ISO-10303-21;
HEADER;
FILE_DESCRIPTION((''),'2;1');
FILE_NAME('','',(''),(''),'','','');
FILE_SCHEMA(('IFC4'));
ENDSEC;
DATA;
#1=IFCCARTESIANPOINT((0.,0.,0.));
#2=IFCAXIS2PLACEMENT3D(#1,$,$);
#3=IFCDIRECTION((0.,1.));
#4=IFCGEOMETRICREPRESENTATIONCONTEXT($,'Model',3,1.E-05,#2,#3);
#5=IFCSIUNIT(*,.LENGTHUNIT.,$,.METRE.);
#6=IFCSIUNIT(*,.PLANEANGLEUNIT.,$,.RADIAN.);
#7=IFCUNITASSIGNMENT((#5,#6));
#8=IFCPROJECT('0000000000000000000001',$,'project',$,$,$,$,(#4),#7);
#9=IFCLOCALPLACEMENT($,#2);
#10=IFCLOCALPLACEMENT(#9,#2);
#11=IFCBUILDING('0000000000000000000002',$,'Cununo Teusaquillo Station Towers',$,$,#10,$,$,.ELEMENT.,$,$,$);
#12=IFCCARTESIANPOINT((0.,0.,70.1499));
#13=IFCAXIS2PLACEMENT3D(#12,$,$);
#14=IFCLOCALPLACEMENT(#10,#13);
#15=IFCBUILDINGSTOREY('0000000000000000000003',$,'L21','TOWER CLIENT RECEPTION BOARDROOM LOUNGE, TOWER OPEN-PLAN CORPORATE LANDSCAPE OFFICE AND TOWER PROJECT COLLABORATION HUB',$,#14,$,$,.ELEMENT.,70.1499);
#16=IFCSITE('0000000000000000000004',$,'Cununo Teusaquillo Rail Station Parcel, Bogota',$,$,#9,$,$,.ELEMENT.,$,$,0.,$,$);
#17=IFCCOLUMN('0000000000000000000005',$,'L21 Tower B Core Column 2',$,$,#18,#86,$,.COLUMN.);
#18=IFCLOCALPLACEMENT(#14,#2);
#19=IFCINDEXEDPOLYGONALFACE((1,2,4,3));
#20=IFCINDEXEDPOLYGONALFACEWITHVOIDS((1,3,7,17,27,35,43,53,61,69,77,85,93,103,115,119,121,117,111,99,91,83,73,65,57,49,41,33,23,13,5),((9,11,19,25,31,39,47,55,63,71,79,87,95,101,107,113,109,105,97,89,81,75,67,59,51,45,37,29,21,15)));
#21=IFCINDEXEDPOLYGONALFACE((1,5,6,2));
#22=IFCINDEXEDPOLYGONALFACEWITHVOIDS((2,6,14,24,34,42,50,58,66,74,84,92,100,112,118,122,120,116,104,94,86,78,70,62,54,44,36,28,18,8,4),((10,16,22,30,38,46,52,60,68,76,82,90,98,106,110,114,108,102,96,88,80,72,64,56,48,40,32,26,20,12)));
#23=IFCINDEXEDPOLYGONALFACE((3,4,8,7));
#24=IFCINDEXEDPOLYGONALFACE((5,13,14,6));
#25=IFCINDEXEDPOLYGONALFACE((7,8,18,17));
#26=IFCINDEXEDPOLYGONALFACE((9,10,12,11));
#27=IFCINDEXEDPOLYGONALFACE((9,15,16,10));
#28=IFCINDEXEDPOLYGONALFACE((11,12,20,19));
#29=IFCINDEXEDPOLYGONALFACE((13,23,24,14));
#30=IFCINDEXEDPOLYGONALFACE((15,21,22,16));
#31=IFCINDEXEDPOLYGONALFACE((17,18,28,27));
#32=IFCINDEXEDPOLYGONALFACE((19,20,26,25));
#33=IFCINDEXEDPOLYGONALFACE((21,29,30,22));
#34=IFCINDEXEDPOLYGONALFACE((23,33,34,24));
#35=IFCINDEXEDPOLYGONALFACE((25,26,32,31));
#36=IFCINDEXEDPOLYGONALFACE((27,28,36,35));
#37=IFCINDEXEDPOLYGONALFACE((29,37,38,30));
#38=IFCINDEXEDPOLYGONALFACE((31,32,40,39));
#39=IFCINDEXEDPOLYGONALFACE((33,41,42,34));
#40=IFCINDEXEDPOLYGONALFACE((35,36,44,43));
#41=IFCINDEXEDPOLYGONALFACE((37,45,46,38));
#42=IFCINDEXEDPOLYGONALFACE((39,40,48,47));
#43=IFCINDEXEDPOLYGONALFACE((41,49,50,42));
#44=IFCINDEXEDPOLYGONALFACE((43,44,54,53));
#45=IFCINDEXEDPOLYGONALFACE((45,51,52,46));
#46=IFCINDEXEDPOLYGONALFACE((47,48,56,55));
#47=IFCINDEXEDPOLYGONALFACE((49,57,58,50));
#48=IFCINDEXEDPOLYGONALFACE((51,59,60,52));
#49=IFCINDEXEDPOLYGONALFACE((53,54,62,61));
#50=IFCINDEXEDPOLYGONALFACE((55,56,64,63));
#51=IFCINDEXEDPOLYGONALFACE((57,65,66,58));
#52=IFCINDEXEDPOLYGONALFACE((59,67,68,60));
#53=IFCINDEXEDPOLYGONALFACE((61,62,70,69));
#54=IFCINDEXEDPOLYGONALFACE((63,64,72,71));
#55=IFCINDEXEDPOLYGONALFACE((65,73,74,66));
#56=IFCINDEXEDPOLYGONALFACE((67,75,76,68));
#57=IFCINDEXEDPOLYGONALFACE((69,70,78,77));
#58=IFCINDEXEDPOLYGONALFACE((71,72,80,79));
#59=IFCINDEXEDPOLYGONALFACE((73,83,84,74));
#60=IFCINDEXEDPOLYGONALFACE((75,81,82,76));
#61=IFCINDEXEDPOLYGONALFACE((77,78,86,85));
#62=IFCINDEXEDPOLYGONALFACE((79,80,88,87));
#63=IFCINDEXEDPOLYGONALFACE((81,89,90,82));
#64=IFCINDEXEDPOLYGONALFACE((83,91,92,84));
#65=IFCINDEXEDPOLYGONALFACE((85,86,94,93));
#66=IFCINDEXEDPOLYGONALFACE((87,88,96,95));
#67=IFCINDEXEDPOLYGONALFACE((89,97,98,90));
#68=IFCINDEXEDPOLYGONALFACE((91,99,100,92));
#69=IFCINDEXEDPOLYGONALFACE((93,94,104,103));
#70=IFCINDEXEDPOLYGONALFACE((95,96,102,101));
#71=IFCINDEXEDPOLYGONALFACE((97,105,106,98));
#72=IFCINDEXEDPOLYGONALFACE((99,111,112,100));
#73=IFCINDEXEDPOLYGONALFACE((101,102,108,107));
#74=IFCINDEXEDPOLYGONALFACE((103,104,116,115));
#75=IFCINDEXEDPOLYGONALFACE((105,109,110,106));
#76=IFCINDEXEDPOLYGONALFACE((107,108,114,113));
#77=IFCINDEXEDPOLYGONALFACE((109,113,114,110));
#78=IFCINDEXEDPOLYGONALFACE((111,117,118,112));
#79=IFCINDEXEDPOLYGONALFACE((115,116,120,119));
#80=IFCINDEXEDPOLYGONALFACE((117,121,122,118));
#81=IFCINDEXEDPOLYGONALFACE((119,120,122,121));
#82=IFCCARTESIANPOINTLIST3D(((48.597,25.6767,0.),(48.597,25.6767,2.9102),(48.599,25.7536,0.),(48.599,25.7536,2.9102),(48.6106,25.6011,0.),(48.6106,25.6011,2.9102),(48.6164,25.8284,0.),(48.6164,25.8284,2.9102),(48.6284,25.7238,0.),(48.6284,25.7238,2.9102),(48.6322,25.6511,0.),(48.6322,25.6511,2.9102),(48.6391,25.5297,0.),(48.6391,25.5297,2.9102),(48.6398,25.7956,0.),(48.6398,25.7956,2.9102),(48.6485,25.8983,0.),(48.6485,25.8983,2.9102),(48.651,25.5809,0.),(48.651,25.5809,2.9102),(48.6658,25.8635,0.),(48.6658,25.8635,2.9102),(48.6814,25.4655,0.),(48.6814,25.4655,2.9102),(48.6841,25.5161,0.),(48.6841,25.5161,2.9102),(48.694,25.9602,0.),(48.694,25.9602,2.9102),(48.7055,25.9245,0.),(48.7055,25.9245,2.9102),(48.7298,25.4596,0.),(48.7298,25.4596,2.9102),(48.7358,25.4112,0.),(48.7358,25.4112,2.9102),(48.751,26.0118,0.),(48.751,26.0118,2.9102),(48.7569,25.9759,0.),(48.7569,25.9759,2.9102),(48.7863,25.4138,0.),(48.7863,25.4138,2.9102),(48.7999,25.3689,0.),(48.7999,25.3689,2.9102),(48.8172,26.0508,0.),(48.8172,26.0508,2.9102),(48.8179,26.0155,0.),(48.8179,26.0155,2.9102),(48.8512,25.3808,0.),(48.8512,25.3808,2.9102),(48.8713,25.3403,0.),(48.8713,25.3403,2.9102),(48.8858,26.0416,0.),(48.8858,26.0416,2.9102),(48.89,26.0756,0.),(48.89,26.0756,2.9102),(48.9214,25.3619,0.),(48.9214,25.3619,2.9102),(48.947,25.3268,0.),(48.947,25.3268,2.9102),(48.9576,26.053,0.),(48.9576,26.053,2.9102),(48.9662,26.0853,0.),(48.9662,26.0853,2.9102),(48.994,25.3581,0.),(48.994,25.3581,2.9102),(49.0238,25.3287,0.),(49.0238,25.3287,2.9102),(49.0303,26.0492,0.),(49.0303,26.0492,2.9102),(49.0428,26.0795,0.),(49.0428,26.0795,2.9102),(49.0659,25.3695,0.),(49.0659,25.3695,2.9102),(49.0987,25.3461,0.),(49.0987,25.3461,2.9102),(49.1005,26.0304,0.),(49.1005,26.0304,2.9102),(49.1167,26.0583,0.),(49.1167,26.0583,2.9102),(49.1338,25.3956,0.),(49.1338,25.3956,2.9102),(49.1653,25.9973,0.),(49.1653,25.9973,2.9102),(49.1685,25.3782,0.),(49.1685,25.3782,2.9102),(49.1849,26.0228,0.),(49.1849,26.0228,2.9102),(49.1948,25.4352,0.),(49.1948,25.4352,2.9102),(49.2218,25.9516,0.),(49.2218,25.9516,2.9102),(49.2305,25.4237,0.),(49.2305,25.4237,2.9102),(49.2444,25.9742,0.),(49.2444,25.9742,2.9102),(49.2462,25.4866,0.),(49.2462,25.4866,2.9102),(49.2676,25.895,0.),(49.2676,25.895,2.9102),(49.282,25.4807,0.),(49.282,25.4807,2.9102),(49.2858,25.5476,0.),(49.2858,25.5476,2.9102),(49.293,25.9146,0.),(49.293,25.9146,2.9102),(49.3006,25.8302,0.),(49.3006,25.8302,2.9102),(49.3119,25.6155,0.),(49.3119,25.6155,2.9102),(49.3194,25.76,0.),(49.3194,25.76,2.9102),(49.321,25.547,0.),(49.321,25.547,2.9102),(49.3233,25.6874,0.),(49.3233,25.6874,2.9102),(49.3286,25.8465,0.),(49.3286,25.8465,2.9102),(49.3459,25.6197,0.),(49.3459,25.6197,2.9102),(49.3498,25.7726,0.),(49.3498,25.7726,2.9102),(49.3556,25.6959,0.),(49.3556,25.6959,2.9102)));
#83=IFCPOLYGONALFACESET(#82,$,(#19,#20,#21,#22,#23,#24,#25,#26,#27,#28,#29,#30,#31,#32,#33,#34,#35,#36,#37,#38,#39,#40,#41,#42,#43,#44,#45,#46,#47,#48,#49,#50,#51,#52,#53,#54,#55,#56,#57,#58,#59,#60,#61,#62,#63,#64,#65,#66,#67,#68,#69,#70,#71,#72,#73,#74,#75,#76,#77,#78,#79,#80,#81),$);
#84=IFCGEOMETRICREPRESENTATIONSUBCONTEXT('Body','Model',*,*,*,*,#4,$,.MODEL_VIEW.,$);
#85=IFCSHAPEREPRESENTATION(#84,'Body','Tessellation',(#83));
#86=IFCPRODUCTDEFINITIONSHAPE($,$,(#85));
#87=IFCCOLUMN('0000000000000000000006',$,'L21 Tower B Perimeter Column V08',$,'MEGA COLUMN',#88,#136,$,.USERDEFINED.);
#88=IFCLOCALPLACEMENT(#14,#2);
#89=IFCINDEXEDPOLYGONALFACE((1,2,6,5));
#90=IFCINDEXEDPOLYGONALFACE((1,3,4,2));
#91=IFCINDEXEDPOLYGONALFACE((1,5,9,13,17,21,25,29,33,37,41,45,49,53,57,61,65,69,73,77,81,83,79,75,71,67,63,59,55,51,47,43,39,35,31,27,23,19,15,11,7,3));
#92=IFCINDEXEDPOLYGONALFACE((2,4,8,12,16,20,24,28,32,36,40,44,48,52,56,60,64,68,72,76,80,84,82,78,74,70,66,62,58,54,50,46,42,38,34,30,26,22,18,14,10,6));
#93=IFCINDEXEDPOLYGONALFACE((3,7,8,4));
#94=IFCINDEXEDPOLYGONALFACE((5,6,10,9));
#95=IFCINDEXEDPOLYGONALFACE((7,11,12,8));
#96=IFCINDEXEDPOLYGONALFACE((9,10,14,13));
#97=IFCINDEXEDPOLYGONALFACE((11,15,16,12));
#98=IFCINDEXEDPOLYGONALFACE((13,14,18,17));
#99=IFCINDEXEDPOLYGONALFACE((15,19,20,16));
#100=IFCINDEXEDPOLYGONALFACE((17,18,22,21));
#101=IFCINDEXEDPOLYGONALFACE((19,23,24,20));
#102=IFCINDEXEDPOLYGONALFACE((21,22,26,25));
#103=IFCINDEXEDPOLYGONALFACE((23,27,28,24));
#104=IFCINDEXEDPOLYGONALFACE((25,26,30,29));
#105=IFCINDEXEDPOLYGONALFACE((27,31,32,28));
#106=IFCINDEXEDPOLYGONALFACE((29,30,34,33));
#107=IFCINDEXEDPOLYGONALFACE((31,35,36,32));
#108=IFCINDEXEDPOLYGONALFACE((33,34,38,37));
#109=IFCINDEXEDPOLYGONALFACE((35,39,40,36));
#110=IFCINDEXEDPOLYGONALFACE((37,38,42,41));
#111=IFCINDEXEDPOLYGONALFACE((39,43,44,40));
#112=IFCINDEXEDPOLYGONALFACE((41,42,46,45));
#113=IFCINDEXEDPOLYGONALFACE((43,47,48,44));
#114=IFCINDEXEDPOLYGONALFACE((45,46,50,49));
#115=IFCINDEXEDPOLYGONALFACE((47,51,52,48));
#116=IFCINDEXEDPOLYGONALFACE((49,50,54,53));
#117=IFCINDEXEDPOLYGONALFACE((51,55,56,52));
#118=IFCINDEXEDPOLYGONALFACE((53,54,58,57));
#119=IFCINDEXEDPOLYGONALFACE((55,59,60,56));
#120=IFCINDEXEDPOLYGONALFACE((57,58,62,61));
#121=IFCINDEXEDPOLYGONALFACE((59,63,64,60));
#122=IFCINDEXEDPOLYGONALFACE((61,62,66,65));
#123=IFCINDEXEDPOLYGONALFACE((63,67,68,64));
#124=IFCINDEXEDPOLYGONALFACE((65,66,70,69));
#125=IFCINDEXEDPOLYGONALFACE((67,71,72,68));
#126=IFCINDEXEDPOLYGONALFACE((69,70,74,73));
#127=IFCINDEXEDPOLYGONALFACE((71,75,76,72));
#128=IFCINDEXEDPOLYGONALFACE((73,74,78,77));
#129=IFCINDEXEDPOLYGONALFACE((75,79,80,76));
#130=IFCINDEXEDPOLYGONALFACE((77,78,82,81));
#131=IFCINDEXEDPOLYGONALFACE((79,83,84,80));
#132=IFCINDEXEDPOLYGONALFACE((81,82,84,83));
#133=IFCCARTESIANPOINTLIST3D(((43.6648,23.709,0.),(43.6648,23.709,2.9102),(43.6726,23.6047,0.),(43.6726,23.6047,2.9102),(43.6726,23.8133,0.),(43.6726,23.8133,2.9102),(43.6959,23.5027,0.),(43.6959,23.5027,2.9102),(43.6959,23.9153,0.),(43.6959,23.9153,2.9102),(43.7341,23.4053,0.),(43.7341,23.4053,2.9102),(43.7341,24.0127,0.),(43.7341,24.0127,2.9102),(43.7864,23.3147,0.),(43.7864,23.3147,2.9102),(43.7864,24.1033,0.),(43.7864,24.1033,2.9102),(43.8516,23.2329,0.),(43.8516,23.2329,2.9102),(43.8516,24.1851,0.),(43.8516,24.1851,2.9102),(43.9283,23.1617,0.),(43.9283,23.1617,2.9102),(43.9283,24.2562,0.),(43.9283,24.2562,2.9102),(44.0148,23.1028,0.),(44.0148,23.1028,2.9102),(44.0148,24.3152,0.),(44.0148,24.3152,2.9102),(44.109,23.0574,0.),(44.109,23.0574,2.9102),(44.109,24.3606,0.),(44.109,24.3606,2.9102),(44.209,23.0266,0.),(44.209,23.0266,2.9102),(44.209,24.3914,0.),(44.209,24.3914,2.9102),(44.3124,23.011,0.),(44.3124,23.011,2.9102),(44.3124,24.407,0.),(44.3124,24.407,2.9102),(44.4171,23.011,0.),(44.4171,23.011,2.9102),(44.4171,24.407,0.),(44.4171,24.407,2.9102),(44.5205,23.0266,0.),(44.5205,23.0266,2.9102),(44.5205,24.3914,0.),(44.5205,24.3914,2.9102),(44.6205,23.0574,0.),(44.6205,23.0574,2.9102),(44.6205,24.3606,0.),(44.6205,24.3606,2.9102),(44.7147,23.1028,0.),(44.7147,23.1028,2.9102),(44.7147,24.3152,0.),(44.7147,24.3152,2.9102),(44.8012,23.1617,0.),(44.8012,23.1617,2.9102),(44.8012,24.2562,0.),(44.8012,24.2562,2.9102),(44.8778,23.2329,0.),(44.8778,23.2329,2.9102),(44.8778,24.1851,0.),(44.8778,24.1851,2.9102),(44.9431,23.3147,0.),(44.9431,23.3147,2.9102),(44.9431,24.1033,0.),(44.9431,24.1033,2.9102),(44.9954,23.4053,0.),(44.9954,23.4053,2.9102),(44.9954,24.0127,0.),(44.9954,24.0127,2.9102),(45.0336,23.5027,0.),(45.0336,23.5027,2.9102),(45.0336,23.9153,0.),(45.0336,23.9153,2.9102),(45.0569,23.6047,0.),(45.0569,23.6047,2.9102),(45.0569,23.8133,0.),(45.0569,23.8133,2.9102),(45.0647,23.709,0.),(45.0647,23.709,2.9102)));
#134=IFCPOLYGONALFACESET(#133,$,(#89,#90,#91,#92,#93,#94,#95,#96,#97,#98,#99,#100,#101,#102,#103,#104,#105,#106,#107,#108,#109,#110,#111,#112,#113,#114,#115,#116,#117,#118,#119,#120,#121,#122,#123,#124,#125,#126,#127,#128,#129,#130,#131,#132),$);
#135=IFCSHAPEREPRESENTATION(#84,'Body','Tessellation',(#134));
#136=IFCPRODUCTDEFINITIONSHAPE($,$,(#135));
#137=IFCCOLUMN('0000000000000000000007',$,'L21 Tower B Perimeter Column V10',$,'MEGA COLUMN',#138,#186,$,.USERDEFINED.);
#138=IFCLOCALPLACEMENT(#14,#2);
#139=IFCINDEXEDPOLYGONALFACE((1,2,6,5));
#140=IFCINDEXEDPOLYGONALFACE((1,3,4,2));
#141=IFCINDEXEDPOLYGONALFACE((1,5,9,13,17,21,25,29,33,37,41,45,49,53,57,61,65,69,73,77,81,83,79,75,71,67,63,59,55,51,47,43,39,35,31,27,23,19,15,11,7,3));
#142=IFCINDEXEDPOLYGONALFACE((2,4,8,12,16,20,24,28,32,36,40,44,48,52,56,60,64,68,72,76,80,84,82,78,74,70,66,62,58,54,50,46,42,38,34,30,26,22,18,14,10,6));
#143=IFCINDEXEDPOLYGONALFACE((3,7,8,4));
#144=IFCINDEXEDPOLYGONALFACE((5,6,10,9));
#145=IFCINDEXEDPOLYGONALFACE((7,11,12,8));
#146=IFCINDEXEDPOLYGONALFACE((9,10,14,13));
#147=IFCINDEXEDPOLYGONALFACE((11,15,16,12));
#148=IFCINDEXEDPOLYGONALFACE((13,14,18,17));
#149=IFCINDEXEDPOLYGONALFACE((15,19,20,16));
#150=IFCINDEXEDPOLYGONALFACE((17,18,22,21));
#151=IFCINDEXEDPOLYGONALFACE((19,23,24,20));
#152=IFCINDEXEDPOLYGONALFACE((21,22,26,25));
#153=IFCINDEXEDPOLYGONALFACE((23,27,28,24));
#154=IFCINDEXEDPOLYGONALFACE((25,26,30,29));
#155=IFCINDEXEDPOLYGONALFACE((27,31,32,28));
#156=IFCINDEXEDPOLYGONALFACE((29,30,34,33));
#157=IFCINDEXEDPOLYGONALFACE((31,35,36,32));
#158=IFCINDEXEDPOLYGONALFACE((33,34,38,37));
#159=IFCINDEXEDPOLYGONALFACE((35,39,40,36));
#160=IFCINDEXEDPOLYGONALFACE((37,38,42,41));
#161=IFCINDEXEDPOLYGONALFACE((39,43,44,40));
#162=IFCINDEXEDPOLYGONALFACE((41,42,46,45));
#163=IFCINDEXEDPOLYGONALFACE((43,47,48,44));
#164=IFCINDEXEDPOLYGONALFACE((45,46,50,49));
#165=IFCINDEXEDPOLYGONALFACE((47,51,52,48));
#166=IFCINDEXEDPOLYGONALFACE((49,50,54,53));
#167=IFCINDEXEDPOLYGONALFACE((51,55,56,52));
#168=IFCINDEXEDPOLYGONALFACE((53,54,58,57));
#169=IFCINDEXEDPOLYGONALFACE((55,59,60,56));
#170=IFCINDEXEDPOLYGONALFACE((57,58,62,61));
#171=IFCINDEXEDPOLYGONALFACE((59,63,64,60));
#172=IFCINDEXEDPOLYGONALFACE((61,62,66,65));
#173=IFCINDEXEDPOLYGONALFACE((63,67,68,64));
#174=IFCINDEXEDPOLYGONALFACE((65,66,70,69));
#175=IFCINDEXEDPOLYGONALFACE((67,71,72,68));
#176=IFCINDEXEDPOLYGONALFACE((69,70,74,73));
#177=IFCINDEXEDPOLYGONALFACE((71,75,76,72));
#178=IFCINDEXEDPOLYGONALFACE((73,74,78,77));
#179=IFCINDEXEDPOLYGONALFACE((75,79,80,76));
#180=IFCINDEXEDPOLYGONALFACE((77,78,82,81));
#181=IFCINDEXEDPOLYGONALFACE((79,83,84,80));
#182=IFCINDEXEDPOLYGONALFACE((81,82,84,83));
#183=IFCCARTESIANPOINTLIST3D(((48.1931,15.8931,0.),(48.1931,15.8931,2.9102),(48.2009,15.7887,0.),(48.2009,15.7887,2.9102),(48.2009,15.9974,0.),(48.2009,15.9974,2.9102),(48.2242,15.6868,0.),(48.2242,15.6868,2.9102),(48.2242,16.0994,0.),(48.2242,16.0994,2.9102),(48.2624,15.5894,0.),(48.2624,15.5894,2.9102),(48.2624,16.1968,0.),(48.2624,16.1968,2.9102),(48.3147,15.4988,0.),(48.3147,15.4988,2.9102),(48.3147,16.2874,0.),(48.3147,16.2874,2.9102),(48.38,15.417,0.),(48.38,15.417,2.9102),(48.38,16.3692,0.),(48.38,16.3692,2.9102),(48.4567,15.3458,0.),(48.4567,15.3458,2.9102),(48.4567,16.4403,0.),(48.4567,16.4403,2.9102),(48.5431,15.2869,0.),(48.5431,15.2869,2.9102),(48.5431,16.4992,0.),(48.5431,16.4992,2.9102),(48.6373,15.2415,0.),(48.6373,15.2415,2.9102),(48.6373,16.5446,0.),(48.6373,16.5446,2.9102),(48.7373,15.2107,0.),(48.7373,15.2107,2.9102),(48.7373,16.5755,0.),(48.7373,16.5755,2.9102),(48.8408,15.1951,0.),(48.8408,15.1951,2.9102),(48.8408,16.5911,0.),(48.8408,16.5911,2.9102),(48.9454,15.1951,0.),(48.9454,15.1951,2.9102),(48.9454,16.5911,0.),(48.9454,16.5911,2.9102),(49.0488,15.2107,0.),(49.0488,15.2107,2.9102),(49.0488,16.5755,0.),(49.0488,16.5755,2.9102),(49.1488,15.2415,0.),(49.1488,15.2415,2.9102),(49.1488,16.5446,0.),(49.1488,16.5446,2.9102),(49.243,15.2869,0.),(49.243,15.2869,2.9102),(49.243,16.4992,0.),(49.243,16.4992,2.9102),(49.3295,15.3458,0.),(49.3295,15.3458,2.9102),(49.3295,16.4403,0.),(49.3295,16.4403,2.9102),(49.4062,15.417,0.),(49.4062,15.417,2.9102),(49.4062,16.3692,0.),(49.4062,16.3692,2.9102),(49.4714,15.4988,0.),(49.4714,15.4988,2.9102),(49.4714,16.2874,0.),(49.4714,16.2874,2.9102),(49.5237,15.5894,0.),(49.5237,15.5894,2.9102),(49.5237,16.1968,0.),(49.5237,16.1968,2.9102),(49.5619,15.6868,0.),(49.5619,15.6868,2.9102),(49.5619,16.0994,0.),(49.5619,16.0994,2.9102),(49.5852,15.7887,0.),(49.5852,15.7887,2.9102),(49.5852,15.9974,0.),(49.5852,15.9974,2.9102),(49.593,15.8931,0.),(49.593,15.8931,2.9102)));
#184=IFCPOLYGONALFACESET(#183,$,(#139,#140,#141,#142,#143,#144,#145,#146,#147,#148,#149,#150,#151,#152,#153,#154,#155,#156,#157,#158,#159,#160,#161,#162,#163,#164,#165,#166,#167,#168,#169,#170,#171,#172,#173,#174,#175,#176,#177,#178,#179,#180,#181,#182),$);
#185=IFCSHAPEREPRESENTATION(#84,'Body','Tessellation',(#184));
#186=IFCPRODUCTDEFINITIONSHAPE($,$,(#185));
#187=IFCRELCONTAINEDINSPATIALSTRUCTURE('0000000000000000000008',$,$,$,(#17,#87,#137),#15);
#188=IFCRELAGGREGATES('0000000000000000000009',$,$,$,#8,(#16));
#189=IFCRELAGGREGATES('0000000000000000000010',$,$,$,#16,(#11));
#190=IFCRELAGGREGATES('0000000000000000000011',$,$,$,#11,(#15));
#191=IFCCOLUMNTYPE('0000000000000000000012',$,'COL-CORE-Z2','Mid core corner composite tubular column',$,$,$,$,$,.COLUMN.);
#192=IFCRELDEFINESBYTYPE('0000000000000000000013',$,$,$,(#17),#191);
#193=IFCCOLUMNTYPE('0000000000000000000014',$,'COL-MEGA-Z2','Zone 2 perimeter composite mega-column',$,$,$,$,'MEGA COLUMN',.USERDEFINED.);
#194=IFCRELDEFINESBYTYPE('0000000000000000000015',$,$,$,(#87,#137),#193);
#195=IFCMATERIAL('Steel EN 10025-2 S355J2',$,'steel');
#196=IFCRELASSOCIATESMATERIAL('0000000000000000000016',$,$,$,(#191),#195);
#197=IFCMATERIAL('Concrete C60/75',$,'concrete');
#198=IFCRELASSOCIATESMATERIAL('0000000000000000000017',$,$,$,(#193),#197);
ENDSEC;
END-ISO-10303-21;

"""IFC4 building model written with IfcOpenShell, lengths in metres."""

from ifc_helpers import new_model, si_unit, direction, frame, origin, origin_2d, place, context, subcontext, project, spatial, circle, hollow_circle, extrude, material, material_profile, profile_set, type_object, element, save


model = new_model("IFC4")

# Units and contexts
model_context = context("Model", 3, precision=1e-05, world=origin(), true_north=direction((0.0, 1.0)))
body_context = subcontext(model_context, "Body", "Model", "MODEL_VIEW")
ifc_project = project(units=[si_unit("LENGTHUNIT", "METRE"), si_unit("PLANEANGLEUNIT", "RADIAN")], contexts=[model_context])

# Site, building, storey
site_placement = place(None, origin())
site = spatial("IfcSite", under=ifc_project, at=site_placement, Name="Cununo Teusaquillo Rail Station Parcel, Bogota", CompositionType="ELEMENT", RefElevation=0.0)
building_placement = place(site_placement, origin())
building = spatial("IfcBuilding", under=site, at=building_placement, Name="Cununo Teusaquillo Station Towers", CompositionType="ELEMENT")
storey_placement = place(building_placement, frame((0.0, 0.0, 70.1499)))
storey = spatial("IfcBuildingStorey", under=building, at=storey_placement, Name="L21", Description="TOWER CLIENT RECEPTION BOARDROOM LOUNGE, TOWER OPEN-PLAN CORPORATE LANDSCAPE OFFICE AND TOWER PROJECT COLLABORATION HUB", CompositionType="ELEMENT", Elevation=70.1499)

# Columns
ifc_material_1 = material(Name="Steel EN 10025-2 S355J2", Category="steel")
ifc_material_profile_1 = material_profile(ifc_material_1, hollow_circle(Radius=0.3799, WallThickness=0.032, at=origin_2d()), Name="CHS 760x32")
ifc_profile_set_1 = profile_set([ifc_material_profile_1], Name="Steel EN 10025-2 S355J2")
column_type_1 = type_object("IfcColumnType", Name="COL-CORE-Z2", Description="Mid core corner composite tubular column", PredefinedType="COLUMN", material=ifc_profile_set_1)
column_placement = place(storey_placement, frame((48.9758, 25.7056, 0.0), z_axis=(0.0, 0.0, 1.0), x_axis=(0.707107, 0.707107, 0.0)))
element("IfcColumn", 1, at=column_placement, inside=storey, type_object=column_type_1, Name="L21 Tower B Core Column 2", PredefinedType="COLUMN", context=body_context, shape_type="SweptSolid", body=[
    extrude(hollow_circle(Radius=0.3799, WallThickness=0.032, at=origin_2d()), origin(), (0.0, 0.0, 1.0), 2.9102),
])
ifc_material_2 = material(Name="Concrete C60/75", Category="concrete")
ifc_material_profile_2 = material_profile(ifc_material_2, circle(Radius=0.7, at=origin_2d()), Name="RC-CIRC-1400")
ifc_profile_set_2 = profile_set([ifc_material_profile_2], Name="Concrete C60/75")
column_type_2 = type_object("IfcColumnType", Name="COL-MEGA-Z2", Description="Zone 2 perimeter composite mega-column", ElementType="MEGA COLUMN", PredefinedType="USERDEFINED", material=ifc_profile_set_2)
for number, where, z_axis, x_axis, name in (
    (2, (44.3647, 23.709, 0.0), (0.0, 0.0, 1.0), (1.0, 0.0, 0.0), "L21 Tower B Perimeter Column V08"),
    (3, (48.8931, 15.8931, 0.0), (0.0, 0.0, 1.0), (1.0, 0.0, 0.0), "L21 Tower B Perimeter Column V10"),
):
    element("IfcColumn", number, at=place(storey_placement, frame(where, z_axis=z_axis, x_axis=x_axis)), inside=storey, type_object=column_type_2, Name=name, ObjectType="MEGA COLUMN", PredefinedType="USERDEFINED", context=body_context, shape_type="SweptSolid", body=[
        extrude(circle(Radius=0.7, at=origin_2d()), origin(), (0.0, 0.0, 1.0), 2.9102),
    ])

save(model, "model.ifc")
